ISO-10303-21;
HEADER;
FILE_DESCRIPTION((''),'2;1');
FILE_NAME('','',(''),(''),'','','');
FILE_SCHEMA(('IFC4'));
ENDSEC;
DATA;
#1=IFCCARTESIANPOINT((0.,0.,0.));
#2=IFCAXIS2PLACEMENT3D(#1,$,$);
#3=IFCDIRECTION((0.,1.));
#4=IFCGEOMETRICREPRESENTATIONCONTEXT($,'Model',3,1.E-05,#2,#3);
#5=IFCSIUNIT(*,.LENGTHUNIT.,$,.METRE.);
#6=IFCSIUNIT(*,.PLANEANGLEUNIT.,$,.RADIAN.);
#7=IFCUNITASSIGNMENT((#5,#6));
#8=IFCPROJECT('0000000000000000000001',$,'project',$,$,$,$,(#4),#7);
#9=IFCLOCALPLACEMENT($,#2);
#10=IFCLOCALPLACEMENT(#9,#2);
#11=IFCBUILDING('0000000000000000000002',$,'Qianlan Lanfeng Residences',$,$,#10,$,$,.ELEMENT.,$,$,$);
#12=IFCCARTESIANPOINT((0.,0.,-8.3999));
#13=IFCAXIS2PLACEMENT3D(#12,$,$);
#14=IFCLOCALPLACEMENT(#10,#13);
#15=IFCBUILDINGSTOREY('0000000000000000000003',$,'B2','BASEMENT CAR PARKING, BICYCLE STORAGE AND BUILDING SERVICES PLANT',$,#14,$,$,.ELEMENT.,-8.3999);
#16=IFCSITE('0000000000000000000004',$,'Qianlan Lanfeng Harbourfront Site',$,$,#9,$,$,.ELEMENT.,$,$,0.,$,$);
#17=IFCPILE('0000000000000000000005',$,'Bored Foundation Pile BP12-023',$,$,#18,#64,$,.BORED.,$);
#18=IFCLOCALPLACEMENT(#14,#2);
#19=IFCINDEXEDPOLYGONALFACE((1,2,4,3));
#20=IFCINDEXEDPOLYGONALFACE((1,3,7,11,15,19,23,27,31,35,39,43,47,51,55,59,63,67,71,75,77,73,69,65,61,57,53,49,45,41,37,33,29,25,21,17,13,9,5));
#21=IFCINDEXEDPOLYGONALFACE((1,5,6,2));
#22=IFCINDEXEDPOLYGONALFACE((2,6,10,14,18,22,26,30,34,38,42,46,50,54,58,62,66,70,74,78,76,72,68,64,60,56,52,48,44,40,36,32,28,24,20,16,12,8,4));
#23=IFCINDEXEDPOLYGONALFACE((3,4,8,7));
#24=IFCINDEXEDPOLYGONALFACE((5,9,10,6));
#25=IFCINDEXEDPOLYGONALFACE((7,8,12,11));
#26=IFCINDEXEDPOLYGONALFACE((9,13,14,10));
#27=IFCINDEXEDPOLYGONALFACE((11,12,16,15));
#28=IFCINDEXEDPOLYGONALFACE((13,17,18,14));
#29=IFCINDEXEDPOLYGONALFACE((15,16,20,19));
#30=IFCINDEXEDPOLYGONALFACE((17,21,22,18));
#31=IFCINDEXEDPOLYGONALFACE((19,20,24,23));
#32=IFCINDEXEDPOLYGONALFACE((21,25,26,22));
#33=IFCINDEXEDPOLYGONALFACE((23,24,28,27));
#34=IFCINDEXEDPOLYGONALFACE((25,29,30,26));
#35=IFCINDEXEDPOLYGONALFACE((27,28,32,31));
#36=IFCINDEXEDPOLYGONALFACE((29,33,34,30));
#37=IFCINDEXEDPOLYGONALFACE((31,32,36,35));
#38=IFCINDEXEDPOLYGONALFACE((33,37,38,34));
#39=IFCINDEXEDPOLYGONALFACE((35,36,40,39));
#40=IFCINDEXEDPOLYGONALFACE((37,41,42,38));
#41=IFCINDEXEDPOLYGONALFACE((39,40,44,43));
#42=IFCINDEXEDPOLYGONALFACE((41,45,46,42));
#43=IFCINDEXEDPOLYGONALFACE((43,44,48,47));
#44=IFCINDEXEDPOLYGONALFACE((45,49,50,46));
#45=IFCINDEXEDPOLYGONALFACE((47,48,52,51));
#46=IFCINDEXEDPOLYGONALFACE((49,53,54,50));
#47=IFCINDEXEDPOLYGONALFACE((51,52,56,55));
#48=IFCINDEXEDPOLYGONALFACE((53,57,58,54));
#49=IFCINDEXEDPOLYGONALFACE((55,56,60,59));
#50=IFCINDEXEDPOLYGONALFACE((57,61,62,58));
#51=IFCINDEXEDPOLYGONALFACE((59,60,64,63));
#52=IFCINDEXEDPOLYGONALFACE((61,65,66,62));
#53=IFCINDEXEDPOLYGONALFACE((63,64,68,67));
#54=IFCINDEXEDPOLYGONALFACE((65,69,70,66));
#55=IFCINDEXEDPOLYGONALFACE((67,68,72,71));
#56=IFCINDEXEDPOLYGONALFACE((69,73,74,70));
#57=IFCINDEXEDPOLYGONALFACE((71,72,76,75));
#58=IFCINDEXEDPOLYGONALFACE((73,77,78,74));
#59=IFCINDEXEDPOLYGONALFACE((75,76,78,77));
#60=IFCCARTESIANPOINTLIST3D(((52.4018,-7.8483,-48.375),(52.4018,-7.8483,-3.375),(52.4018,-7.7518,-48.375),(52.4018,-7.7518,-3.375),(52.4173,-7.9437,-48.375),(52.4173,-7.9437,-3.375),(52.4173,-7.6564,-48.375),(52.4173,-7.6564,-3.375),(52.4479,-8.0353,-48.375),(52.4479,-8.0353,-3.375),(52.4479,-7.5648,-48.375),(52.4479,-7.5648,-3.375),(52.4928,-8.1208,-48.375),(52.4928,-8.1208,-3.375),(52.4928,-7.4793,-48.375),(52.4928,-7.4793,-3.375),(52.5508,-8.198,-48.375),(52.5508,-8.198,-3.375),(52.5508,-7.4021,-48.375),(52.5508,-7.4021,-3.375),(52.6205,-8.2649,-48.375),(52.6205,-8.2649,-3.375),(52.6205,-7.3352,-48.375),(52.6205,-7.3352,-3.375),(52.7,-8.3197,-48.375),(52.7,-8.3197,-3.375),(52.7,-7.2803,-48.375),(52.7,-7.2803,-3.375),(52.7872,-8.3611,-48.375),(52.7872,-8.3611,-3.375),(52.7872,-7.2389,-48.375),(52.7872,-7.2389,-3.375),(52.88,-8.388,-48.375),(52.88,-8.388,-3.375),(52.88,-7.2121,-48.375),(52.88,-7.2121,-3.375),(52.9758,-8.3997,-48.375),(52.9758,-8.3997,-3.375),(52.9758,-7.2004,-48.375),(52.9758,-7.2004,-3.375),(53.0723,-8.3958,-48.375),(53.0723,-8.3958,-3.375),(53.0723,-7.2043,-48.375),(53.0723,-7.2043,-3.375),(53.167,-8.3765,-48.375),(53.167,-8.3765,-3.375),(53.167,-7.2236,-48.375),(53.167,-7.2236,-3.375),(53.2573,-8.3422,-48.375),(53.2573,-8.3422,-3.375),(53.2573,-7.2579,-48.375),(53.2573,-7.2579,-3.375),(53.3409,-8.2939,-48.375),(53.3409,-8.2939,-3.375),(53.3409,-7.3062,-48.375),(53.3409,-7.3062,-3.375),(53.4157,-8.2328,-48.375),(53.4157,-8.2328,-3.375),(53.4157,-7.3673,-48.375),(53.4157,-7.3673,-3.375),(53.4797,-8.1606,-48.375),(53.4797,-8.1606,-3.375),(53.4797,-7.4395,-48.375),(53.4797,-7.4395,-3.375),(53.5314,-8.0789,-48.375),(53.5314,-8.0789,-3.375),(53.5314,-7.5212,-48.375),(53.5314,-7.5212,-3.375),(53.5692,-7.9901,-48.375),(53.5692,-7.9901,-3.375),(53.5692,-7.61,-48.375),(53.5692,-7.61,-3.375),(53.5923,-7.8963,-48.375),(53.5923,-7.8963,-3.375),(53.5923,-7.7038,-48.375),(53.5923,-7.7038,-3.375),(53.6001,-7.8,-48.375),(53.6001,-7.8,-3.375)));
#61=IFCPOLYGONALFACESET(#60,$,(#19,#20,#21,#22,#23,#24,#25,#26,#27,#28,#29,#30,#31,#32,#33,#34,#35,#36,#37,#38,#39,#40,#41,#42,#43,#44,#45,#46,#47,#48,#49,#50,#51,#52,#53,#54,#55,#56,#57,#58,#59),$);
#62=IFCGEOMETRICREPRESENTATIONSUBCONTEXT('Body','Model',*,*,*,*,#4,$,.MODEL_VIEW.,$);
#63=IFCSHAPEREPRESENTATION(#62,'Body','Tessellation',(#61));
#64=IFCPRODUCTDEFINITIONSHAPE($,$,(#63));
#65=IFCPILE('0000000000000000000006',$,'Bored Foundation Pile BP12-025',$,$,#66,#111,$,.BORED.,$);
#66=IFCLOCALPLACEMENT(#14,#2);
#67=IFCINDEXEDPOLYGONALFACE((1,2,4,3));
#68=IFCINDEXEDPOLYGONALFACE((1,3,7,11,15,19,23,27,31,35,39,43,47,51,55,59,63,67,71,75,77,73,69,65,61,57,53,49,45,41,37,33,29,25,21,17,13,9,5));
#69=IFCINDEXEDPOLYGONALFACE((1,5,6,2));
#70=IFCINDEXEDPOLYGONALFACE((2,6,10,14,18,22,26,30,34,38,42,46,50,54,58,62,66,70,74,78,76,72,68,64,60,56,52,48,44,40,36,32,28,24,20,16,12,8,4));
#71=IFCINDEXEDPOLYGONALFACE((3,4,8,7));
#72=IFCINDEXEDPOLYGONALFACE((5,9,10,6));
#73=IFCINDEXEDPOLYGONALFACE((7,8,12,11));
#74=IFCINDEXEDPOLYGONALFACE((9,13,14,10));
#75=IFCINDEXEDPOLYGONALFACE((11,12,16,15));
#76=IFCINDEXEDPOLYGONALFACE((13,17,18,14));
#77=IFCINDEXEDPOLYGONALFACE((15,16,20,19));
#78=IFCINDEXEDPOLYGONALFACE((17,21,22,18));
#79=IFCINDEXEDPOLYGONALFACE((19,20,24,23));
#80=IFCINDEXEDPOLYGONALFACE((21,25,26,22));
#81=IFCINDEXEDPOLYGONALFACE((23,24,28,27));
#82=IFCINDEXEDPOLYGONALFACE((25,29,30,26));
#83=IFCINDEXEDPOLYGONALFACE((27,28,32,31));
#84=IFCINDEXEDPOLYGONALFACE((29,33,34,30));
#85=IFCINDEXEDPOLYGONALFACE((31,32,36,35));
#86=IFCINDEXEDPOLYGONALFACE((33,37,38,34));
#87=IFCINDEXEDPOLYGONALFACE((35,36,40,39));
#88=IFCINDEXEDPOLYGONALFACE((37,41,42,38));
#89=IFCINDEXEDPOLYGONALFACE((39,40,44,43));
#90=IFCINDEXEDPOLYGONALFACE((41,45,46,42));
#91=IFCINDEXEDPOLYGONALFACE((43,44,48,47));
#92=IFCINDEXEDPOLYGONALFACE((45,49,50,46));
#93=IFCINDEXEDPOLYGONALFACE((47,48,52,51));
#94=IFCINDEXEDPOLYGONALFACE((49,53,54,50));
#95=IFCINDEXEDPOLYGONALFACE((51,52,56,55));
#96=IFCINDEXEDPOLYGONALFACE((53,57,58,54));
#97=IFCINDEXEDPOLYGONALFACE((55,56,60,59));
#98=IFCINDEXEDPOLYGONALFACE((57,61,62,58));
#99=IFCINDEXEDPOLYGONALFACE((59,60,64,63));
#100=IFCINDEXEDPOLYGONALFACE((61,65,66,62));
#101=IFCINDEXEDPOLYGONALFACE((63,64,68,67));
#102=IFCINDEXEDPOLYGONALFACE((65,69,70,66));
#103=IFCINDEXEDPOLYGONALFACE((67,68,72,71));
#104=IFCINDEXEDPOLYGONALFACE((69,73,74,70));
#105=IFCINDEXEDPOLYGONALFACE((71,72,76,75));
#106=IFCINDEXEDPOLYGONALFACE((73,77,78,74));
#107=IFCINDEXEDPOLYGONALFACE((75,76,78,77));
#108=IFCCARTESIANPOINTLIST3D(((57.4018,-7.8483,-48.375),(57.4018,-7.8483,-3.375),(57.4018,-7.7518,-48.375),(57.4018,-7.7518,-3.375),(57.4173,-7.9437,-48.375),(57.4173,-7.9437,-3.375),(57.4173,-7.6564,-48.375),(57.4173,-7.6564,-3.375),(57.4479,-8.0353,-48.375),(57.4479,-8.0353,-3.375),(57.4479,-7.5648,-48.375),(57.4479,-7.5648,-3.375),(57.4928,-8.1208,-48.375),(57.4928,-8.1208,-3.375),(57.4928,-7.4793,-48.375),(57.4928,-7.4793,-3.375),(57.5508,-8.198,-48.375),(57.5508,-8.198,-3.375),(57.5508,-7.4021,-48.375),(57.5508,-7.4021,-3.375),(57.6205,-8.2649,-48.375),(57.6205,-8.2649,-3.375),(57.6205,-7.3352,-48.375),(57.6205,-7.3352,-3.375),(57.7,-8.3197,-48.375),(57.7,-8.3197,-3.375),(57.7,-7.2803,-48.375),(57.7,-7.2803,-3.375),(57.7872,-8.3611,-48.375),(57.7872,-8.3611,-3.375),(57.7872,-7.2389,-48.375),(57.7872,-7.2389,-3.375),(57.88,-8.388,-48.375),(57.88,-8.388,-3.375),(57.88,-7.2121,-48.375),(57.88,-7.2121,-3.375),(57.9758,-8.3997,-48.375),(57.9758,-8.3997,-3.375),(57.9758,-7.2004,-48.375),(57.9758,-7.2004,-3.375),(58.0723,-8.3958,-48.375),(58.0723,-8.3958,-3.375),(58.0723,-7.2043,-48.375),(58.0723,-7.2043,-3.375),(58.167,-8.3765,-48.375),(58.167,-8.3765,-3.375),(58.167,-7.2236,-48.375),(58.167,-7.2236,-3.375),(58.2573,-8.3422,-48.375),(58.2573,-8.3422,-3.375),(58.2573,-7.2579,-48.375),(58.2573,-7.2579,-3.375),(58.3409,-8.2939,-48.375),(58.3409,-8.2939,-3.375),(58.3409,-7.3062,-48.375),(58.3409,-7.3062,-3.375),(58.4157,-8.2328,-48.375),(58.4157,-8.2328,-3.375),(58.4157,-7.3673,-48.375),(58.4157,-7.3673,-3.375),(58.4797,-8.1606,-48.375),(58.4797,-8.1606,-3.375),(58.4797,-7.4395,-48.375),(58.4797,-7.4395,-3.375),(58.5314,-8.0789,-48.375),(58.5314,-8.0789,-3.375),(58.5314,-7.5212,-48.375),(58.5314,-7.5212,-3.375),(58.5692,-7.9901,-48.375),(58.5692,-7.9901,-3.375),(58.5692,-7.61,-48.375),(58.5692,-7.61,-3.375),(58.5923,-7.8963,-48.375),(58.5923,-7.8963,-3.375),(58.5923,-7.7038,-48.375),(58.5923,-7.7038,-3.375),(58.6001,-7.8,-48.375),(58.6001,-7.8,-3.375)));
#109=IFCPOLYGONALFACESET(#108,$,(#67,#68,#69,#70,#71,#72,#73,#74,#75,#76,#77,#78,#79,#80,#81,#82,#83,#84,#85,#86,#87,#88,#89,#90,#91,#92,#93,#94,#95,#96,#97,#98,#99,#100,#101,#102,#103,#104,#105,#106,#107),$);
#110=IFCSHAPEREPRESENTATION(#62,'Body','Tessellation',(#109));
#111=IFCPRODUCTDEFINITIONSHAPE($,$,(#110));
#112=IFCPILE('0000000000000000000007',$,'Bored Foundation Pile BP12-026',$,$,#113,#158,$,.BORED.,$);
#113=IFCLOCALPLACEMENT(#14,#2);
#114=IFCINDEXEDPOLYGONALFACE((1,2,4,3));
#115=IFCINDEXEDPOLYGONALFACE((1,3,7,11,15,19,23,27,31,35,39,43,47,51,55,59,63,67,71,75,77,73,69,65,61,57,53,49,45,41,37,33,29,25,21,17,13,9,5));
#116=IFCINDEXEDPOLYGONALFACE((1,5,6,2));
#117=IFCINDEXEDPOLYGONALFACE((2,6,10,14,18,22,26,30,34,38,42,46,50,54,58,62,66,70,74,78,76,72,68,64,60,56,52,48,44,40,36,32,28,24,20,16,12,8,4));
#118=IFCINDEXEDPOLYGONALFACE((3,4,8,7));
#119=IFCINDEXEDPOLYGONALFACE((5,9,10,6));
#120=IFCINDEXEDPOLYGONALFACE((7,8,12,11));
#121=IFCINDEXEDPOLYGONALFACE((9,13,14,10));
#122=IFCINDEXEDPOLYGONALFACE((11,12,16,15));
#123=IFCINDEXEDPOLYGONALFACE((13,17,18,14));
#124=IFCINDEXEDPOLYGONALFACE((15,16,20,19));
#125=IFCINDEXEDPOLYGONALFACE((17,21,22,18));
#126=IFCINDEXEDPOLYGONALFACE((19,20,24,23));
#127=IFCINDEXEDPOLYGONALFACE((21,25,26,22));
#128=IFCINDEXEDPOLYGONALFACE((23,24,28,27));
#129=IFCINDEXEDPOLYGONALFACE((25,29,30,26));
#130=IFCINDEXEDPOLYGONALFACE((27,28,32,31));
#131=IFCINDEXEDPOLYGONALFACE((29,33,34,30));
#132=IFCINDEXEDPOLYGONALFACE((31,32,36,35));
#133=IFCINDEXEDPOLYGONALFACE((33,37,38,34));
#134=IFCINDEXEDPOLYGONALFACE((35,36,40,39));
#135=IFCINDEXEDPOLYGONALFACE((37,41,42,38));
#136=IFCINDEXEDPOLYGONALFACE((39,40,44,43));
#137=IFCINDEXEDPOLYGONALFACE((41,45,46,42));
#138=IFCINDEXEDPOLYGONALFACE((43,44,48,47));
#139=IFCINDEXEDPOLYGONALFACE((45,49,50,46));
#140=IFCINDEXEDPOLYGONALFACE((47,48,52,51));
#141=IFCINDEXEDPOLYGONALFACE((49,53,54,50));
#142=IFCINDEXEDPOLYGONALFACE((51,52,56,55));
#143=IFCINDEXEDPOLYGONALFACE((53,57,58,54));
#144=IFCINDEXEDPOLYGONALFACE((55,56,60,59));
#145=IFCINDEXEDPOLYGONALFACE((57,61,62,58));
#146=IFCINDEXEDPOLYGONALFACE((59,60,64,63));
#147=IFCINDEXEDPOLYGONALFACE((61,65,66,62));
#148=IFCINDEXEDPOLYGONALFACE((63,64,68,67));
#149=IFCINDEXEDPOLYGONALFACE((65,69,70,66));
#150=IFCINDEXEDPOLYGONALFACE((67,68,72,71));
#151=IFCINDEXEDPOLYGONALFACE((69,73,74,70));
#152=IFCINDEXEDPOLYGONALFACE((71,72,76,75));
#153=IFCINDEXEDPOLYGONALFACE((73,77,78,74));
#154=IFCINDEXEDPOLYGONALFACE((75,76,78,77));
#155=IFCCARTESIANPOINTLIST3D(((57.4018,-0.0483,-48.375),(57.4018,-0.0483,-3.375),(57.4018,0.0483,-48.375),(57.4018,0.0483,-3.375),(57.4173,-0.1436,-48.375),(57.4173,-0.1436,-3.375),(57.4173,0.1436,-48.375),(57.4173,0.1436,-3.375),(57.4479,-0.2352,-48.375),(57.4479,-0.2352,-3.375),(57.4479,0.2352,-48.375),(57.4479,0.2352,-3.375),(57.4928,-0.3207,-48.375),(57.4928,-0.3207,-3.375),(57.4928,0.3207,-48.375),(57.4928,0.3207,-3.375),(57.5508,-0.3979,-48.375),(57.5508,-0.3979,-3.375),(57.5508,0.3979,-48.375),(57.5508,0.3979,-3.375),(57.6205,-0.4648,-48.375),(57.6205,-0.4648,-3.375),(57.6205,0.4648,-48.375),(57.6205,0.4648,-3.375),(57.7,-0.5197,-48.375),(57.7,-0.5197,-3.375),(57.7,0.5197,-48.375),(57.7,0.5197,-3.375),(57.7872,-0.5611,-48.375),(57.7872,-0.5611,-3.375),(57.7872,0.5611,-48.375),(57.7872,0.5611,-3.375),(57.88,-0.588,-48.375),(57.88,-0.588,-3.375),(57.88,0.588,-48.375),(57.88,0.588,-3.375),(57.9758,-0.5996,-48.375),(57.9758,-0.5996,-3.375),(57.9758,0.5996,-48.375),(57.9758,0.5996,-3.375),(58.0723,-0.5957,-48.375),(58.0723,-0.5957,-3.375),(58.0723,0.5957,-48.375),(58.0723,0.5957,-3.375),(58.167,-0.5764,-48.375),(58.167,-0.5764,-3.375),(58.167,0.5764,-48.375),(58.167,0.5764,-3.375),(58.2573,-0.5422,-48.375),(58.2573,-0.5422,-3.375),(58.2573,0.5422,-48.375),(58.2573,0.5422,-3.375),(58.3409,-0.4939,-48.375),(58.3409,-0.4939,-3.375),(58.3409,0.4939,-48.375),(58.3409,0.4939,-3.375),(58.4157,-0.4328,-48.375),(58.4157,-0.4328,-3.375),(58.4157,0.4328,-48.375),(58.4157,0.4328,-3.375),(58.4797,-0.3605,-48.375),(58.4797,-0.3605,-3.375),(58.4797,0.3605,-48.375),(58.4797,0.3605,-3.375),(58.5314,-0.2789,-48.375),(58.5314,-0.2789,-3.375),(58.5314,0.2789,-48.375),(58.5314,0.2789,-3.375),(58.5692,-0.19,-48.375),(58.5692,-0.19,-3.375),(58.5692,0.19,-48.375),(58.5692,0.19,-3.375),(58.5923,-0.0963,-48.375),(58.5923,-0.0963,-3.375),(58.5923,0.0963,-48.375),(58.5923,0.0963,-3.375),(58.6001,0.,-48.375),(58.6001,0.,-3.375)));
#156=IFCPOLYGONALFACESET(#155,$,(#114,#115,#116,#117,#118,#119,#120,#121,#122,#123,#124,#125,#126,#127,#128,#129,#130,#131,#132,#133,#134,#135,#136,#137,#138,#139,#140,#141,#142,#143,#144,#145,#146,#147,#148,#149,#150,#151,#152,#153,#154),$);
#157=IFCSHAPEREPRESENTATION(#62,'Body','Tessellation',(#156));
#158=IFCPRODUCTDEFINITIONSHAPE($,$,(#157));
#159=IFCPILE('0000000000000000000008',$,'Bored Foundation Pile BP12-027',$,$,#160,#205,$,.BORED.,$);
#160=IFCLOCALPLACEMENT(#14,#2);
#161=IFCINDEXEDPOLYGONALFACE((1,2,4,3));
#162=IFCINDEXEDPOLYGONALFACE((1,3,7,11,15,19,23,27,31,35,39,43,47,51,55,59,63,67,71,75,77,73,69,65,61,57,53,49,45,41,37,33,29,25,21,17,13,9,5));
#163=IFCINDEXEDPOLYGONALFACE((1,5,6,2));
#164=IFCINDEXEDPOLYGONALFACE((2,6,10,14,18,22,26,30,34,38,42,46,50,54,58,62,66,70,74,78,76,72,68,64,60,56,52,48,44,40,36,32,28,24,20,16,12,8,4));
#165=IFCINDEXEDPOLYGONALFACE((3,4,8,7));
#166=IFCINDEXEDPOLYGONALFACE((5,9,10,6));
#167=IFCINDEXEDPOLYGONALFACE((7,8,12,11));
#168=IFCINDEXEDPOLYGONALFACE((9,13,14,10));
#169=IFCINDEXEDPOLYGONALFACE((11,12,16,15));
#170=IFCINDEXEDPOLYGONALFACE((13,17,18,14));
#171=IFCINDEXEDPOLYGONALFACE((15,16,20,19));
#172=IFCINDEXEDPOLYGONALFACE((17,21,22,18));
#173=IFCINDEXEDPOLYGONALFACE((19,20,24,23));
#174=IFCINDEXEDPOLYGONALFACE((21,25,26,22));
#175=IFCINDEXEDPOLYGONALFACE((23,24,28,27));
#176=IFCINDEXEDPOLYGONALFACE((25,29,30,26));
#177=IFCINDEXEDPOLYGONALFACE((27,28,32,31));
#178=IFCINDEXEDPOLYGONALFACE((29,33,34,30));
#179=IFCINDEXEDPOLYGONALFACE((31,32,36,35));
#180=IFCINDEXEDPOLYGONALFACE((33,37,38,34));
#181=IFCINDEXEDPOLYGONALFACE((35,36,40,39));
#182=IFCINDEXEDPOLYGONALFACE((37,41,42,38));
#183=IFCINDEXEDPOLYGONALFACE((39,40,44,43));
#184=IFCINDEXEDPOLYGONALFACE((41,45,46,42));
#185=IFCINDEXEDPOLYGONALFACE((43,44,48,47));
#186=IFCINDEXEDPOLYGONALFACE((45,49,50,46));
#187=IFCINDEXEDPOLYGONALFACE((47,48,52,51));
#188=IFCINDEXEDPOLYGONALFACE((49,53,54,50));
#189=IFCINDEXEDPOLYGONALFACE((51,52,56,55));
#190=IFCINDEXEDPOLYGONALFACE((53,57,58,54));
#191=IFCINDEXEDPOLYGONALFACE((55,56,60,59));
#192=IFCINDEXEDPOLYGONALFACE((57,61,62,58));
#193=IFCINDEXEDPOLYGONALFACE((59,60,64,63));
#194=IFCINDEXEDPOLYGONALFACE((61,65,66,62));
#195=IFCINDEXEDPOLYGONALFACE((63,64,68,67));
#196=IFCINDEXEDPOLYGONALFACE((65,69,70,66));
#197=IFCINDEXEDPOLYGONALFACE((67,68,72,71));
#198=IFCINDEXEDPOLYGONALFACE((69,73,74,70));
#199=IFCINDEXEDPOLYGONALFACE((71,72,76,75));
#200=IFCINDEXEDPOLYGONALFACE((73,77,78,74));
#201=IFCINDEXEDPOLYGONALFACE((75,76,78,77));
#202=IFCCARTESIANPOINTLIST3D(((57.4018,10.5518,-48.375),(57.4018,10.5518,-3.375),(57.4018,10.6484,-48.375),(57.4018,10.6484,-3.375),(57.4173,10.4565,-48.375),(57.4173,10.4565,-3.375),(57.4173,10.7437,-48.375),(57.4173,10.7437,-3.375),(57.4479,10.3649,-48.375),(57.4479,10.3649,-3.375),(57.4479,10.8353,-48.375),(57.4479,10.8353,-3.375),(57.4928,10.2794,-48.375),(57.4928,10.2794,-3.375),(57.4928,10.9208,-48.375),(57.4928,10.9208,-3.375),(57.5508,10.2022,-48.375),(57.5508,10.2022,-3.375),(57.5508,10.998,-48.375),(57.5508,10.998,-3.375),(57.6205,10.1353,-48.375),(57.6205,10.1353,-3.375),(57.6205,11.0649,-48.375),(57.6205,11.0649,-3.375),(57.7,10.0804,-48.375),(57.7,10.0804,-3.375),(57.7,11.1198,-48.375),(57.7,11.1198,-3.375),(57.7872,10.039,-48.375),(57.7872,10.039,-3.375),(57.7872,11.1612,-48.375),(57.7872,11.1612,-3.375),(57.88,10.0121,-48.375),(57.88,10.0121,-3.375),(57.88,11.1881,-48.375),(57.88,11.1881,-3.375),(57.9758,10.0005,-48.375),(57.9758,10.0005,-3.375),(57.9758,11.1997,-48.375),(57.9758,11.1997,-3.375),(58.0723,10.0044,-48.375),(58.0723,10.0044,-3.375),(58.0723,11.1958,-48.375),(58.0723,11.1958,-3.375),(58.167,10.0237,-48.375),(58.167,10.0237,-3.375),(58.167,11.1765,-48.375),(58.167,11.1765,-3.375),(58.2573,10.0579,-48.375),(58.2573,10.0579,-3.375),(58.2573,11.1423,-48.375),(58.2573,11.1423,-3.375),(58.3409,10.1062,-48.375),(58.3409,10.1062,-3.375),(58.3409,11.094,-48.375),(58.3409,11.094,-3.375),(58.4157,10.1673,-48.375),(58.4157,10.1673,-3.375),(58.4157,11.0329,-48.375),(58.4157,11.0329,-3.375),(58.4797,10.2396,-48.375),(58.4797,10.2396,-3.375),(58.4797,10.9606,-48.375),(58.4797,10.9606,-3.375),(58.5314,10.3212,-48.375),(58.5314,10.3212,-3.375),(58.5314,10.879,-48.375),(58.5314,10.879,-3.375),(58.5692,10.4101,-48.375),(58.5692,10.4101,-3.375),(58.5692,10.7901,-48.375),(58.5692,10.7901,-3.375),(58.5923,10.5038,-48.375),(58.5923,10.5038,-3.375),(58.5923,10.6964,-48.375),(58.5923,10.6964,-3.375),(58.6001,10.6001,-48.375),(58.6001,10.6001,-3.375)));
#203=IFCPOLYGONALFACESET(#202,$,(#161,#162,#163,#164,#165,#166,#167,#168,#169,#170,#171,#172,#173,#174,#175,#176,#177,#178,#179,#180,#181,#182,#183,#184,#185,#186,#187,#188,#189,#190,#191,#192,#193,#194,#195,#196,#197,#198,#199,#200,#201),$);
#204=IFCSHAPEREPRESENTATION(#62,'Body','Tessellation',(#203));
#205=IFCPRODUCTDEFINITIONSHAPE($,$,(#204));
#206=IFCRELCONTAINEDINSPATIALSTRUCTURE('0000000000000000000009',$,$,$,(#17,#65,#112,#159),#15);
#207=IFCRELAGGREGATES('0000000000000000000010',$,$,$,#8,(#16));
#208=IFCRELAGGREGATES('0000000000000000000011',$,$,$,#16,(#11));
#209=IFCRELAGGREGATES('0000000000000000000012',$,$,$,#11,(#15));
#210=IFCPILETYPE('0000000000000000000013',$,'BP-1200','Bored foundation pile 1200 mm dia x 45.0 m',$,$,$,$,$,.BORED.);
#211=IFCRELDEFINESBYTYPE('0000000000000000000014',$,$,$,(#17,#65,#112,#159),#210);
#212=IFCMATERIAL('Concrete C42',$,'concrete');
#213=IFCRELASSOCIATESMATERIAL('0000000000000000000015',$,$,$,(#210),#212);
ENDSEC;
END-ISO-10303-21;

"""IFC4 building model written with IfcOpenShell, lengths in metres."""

from ifc_helpers import new_model, si_unit, direction, frame, origin, origin_2d, place, context, subcontext, project, spatial, circle, extrude, material, material_profile, profile_set, type_object, element, save


model = new_model("IFC4")

# Units and contexts
model_context = context("Model", 3, precision=1e-05, world=origin(), true_north=direction((0.0, 1.0)))
body_context = subcontext(model_context, "Body", "Model", "MODEL_VIEW")
ifc_project = project(units=[si_unit("LENGTHUNIT", "METRE"), si_unit("PLANEANGLEUNIT", "RADIAN")], contexts=[model_context])

# Site, building, storey
site_placement = place(None, origin())
site = spatial("IfcSite", under=ifc_project, at=site_placement, Name="Qianlan Lanfeng Harbourfront Site", CompositionType="ELEMENT", RefElevation=0.0)
building_placement = place(site_placement, origin())
building = spatial("IfcBuilding", under=site, at=building_placement, Name="Qianlan Lanfeng Residences", CompositionType="ELEMENT")
storey_placement = place(building_placement, frame((0.0, 0.0, -8.3999)))
storey = spatial("IfcBuildingStorey", under=building, at=storey_placement, Name="B2", Description="BASEMENT CAR PARKING, BICYCLE STORAGE AND BUILDING SERVICES PLANT", CompositionType="ELEMENT", Elevation=-8.3999)

# Piles
ifc_material_1 = material(Name="Concrete C42", Category="concrete")
ifc_material_profile_1 = material_profile(ifc_material_1, circle(Radius=0.6001, at=origin_2d()), Name="PILE D1200")
ifc_profile_set_1 = profile_set([ifc_material_profile_1], Name="Concrete C42")
pile_type_1 = type_object("IfcPileType", Name="BP-1200", Description="Bored foundation pile 1200 mm dia x 45.0 m", PredefinedType="BORED", material=ifc_profile_set_1)
for number, where, z_axis, x_axis, name in (
    (1, (53.0, -7.8, -3.375), (0.0, 0.0, -1.0), (1.0, 0.0, 0.0), "Bored Foundation Pile BP12-023"),
    (2, (58.0, -7.8, -3.375), (0.0, 0.0, -1.0), (1.0, 0.0, 0.0), "Bored Foundation Pile BP12-025"),
    (3, (58.0, 0.0, -3.375), (0.0, 0.0, -1.0), (1.0, 0.0, 0.0), "Bored Foundation Pile BP12-026"),
    (4, (58.0, 10.6001, -3.375), (0.0, 0.0, -1.0), (1.0, 0.0, 0.0), "Bored Foundation Pile BP12-027"),
):
    element("IfcPile", number, at=place(storey_placement, frame(where, z_axis=z_axis, x_axis=x_axis)), inside=storey, type_object=pile_type_1, Name=name, PredefinedType="BORED", context=body_context, shape_type="SweptSolid", body=[
        extrude(circle(Radius=0.6001, at=origin_2d()), origin(), (0.0, 0.0, 1.0), 45.0),
    ])

save(model, "model.ifc")
